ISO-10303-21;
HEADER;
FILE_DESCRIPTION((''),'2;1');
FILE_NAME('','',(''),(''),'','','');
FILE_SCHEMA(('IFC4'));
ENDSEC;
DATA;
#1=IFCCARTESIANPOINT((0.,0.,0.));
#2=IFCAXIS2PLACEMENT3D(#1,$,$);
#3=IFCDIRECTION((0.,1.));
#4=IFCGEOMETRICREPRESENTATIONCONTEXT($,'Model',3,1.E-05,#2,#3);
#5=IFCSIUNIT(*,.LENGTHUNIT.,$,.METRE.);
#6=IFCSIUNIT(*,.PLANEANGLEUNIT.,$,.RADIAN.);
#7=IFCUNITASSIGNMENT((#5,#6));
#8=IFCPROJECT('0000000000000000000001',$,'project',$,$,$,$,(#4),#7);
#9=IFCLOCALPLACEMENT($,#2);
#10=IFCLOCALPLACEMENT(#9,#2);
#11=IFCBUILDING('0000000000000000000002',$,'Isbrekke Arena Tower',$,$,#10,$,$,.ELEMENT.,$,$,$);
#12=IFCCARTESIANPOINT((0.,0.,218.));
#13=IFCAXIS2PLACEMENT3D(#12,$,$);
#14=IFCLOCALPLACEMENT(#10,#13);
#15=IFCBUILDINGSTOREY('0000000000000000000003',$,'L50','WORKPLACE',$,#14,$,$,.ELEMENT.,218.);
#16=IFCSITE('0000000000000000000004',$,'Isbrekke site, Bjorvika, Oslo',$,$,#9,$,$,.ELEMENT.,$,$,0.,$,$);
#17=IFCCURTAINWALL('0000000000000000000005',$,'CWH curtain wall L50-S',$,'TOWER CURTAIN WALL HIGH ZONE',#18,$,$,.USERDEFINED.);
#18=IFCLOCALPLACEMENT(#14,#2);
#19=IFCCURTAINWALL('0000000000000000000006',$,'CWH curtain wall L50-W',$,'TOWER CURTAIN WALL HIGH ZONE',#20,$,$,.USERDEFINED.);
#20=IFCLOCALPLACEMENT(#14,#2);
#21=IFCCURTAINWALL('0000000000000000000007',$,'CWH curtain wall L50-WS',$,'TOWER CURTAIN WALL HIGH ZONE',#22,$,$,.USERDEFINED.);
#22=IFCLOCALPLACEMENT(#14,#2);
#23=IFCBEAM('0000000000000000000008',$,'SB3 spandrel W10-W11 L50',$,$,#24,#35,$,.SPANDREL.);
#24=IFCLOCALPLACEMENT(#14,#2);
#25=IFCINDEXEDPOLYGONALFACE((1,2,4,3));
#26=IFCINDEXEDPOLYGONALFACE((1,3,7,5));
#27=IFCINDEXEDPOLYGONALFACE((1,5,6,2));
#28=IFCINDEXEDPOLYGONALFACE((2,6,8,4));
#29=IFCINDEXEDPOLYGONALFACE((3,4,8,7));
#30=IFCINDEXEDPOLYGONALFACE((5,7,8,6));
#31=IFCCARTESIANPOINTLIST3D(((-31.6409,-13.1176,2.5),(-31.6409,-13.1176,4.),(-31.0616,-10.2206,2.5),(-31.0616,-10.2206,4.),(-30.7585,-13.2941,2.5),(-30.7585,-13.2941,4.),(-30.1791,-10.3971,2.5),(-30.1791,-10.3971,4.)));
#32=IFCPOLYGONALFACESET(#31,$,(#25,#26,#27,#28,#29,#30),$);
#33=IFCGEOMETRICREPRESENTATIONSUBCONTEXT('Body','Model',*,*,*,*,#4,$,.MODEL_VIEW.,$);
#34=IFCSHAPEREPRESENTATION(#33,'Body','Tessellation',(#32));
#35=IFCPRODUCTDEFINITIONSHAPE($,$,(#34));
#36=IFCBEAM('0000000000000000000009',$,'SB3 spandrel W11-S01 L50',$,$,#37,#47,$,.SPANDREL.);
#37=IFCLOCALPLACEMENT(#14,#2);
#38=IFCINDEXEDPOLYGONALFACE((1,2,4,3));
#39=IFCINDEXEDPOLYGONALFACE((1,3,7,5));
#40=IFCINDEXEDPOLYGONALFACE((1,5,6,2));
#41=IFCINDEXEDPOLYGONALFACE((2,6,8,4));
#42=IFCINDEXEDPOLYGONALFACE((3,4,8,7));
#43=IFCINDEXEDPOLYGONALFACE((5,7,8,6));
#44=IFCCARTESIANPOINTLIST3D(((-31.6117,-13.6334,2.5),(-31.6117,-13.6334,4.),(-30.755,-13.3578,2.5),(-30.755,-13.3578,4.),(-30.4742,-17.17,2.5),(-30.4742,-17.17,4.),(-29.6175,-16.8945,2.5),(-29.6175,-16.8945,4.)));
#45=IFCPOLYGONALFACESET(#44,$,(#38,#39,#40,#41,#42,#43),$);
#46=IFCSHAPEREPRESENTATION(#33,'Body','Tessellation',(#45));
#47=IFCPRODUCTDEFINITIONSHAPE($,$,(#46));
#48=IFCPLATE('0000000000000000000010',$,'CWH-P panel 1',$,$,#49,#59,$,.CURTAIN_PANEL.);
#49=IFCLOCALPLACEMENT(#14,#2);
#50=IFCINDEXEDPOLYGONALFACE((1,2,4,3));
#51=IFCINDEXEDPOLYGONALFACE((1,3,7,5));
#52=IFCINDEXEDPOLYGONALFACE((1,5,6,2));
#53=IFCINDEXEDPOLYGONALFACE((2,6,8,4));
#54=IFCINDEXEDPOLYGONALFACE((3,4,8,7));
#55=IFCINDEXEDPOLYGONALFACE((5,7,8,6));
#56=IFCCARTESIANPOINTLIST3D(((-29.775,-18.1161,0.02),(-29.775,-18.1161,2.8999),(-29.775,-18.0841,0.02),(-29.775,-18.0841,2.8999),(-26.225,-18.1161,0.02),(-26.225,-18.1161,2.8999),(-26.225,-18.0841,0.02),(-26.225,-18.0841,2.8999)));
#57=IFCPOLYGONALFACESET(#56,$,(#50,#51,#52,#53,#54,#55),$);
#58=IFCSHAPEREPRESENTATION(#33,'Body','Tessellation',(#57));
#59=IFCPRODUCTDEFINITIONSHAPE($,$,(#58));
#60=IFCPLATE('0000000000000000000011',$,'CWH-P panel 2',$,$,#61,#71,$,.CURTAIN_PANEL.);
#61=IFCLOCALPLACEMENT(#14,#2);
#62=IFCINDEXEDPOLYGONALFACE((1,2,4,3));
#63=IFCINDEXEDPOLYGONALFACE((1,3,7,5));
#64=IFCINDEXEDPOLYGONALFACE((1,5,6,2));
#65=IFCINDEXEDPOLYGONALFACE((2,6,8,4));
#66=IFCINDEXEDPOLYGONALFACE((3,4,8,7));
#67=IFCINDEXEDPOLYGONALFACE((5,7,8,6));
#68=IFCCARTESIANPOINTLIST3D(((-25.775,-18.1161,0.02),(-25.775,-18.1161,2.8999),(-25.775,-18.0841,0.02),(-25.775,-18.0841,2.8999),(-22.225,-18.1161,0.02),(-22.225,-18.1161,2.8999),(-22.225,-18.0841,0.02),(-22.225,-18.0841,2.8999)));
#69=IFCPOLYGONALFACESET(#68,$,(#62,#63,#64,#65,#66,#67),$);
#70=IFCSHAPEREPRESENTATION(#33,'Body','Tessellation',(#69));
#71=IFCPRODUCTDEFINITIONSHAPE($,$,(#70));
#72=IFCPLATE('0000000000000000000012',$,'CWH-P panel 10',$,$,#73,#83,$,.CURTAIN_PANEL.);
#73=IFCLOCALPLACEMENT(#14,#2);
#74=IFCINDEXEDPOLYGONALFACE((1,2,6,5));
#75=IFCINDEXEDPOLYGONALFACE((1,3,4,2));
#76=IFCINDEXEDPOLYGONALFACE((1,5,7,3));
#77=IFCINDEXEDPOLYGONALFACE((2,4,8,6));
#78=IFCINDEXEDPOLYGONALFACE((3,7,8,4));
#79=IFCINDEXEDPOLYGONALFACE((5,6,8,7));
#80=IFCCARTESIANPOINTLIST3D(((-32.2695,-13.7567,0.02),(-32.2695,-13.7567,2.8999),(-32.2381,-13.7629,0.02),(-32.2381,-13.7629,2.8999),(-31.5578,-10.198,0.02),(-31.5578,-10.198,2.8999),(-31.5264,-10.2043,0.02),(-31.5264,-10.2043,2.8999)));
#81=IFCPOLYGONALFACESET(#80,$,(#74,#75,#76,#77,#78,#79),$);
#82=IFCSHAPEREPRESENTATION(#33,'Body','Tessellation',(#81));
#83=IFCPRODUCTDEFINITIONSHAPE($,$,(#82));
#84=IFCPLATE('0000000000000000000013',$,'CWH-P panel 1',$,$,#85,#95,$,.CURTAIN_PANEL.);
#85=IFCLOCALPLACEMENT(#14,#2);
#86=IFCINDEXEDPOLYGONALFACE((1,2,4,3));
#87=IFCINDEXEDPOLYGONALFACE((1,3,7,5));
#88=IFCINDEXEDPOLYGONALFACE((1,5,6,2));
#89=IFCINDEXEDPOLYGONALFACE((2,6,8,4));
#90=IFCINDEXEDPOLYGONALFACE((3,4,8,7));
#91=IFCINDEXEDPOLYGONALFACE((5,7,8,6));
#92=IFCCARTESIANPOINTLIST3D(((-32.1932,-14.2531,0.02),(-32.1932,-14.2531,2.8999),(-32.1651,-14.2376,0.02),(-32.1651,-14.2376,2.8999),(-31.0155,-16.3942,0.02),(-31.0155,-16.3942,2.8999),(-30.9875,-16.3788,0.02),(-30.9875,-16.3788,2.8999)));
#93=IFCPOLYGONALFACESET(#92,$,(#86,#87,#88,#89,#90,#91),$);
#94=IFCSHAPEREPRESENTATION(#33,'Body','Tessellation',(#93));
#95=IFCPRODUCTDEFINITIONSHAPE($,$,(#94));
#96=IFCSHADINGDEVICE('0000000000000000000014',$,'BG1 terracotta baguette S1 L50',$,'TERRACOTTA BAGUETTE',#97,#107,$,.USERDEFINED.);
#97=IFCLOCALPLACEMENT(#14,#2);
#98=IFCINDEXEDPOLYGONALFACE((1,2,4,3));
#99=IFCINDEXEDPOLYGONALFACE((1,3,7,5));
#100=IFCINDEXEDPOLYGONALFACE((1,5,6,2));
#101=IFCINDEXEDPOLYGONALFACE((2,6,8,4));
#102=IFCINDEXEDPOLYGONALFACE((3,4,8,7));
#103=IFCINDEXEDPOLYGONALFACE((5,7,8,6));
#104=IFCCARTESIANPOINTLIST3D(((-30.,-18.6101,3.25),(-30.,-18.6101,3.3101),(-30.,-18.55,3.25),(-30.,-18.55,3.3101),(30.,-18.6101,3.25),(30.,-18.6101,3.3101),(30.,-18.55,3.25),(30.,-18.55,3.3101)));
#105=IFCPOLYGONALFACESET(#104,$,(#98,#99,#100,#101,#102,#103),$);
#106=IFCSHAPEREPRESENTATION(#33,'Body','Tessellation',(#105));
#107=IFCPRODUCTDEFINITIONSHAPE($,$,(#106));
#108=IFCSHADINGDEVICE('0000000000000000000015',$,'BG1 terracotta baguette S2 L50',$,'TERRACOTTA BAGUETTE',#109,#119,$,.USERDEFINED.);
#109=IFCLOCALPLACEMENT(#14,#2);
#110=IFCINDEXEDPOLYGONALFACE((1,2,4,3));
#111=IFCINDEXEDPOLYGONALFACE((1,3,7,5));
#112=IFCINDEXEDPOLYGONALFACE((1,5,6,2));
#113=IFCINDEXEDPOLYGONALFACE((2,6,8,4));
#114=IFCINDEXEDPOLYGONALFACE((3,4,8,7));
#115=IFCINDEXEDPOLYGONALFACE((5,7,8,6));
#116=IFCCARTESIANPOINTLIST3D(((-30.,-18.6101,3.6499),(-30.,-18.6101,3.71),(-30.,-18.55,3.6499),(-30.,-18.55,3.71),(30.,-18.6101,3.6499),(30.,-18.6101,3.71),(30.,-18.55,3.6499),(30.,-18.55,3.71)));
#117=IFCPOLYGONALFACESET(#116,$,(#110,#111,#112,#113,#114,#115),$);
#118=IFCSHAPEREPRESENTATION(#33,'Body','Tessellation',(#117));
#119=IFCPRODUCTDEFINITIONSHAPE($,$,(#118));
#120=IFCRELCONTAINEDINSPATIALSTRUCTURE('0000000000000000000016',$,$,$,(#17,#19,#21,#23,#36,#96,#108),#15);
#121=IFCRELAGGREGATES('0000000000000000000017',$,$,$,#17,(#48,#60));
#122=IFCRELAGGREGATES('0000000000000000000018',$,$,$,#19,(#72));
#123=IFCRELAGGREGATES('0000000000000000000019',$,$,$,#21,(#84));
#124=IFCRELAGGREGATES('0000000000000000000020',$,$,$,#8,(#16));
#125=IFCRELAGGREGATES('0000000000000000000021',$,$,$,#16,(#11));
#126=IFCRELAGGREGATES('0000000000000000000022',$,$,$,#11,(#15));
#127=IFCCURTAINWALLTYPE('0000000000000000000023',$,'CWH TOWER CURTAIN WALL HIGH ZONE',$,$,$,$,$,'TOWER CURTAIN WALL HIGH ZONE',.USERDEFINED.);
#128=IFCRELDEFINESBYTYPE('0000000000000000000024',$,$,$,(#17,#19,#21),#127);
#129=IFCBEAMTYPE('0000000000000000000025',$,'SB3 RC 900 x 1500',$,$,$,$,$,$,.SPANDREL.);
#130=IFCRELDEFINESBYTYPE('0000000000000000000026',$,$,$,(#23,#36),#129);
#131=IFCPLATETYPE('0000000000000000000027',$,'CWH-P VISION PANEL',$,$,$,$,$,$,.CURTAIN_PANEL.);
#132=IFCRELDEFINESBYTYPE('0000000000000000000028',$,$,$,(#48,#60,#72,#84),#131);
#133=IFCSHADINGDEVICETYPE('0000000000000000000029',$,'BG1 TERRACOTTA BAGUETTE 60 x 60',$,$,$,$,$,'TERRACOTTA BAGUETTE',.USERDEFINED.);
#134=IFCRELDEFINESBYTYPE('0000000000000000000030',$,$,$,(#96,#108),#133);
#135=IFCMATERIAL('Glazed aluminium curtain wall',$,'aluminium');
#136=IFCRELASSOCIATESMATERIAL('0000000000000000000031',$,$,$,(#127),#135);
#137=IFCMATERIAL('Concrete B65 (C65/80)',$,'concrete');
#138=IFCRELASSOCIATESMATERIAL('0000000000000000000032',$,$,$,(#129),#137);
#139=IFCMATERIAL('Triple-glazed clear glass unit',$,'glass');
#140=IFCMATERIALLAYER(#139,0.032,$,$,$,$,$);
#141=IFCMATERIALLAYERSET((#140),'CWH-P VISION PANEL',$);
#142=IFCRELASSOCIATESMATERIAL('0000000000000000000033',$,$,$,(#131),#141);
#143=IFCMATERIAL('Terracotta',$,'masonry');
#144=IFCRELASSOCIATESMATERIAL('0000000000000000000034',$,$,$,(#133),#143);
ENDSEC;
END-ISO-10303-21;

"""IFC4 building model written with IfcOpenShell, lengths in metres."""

from ifc_helpers import new_model, si_unit, direction, frame, origin, origin_2d, place, context, subcontext, project, spatial, rectangle, extrude, material, layer, layer_set, material_profile, profile_set, type_object, element, aggregate, save


model = new_model("IFC4")

# Units and contexts
model_context = context("Model", 3, precision=1e-05, world=origin(), true_north=direction((0.0, 1.0)))
body_context = subcontext(model_context, "Body", "Model", "MODEL_VIEW")
ifc_project = project(units=[si_unit("LENGTHUNIT", "METRE"), si_unit("PLANEANGLEUNIT", "RADIAN")], contexts=[model_context])

# Site, building, storey
site_placement = place(None, origin())
site = spatial("IfcSite", under=ifc_project, at=site_placement, Name="Isbrekke site, Bjorvika, Oslo", CompositionType="ELEMENT", RefElevation=0.0)
building_placement = place(site_placement, origin())
building = spatial("IfcBuilding", under=site, at=building_placement, Name="Isbrekke Arena Tower", CompositionType="ELEMENT")
storey_placement = place(building_placement, frame((0.0, 0.0, 218.0)))
storey = spatial("IfcBuildingStorey", under=building, at=storey_placement, Name="L50", Description="WORKPLACE", CompositionType="ELEMENT", Elevation=218.0)

# Curtain wall
ifc_material_1 = material(Name="Glazed aluminium curtain wall", Category="aluminium")
curtain_wall_type = type_object("IfcCurtainWallType", Name="CWH TOWER CURTAIN WALL HIGH ZONE", ElementType="TOWER CURTAIN WALL HIGH ZONE", PredefinedType="USERDEFINED", material=ifc_material_1)
curtain_wall_1_placement = place(storey_placement, origin())
curtain_wall_1 = element("IfcCurtainWall", 1, at=curtain_wall_1_placement, inside=storey, type_object=curtain_wall_type, Name="CWH curtain wall L50-S", ObjectType="TOWER CURTAIN WALL HIGH ZONE", PredefinedType="USERDEFINED")

# Curtain walls
curtain_wall_2_placement = place(storey_placement, origin())
curtain_wall_2 = element("IfcCurtainWall", 2, at=curtain_wall_2_placement, inside=storey, type_object=curtain_wall_type, Name="CWH curtain wall L50-W", ObjectType="TOWER CURTAIN WALL HIGH ZONE", PredefinedType="USERDEFINED")
curtain_wall_3_placement = place(storey_placement, origin())
curtain_wall_3 = element("IfcCurtainWall", 3, at=curtain_wall_3_placement, inside=storey, type_object=curtain_wall_type, Name="CWH curtain wall L50-WS", ObjectType="TOWER CURTAIN WALL HIGH ZONE", PredefinedType="USERDEFINED")

# Beams
ifc_material_2 = material(Name="Concrete B65 (C65/80)", Category="concrete")
ifc_material_profile_1 = material_profile(ifc_material_2, rectangle(XDim=0.8999, YDim=1.5, at=origin_2d()), Name="RC 900x1500")
ifc_profile_set_1 = profile_set([ifc_material_profile_1], Name="Concrete B65 (C65/80)")
beam_type_1 = type_object("IfcBeamType", Name="SB3 RC 900 x 1500", PredefinedType="SPANDREL", material=ifc_profile_set_1)
beam_1_placement = place(storey_placement, frame((-30.6204, -10.3088, 3.25), z_axis=(-0.1961, -0.980584, 0.0), x_axis=(0.980584, -0.1961, 0.0)))
element("IfcBeam", 4, at=beam_1_placement, inside=storey, type_object=beam_type_1, Name="SB3 spandrel W10-W11 L50", PredefinedType="SPANDREL", context=body_context, shape_type="SweptSolid", body=[
    extrude(rectangle(XDim=0.8999, YDim=1.5, at=origin_2d()), origin(), (0.0, 0.0, 1.0), 2.9543),
])
beam_2_placement = place(storey_placement, frame((-31.1833, -13.4956, 3.25), z_axis=(0.306175, -0.951975, 0.0), x_axis=(0.951975, 0.306175, 0.0)))
element("IfcBeam", 5, at=beam_2_placement, inside=storey, type_object=beam_type_1, Name="SB3 spandrel W11-S01 L50", PredefinedType="SPANDREL", context=body_context, shape_type="SweptSolid", body=[
    extrude(rectangle(XDim=0.8999, YDim=1.5, at=origin_2d()), origin(), (0.0, 0.0, 1.0), 3.7151),
])

# Plates
ifc_material_3 = material(Name="Triple-glazed clear glass unit", Category="glass")
ifc_layer = layer(ifc_material_3, 0.032)
ifc_layer_set = layer_set([ifc_layer], Name="CWH-P VISION PANEL")
plate_type = type_object("IfcPlateType", Name="CWH-P VISION PANEL", PredefinedType="CURTAIN_PANEL", material=ifc_layer_set)
plate_1_placement = place(storey_placement, frame((-28.0, -18.1001, 0.02), z_axis=(0.0, 0.0, 1.0), x_axis=(1.0, 0.0, 0.0)))
plate_1 = element("IfcPlate", 6, at=plate_1_placement, type_object=plate_type, Name="CWH-P panel 1", PredefinedType="CURTAIN_PANEL", context=body_context, shape_type="SweptSolid", body=[
    extrude(rectangle(XDim=3.55, YDim=0.032, at=origin_2d()), origin(), (0.0, 0.0, 1.0), 2.8799),
])
plate_2_placement = place(storey_placement, frame((-24.0, -18.1001, 0.02), z_axis=(0.0, 0.0, 1.0), x_axis=(1.0, 0.0, 0.0)))
plate_2 = element("IfcPlate", 7, at=plate_2_placement, type_object=plate_type, Name="CWH-P panel 2", PredefinedType="CURTAIN_PANEL", context=body_context, shape_type="SweptSolid", body=[
    extrude(rectangle(XDim=3.55, YDim=0.032, at=origin_2d()), origin(), (0.0, 0.0, 1.0), 2.8799),
])
aggregate(curtain_wall_1, [plate_1, plate_2])
plate_3_placement = place(storey_placement, frame((-31.8979, -11.9805, 0.02), z_axis=(0.0, 0.0, 1.0), x_axis=(-0.196116, -0.980581, 0.0)))
plate_3 = element("IfcPlate", 8, at=plate_3_placement, type_object=plate_type, Name="CWH-P panel 10", PredefinedType="CURTAIN_PANEL", context=body_context, shape_type="SweptSolid", body=[
    extrude(rectangle(XDim=3.6292, YDim=0.032, at=origin_2d()), origin(), (0.0, 0.0, 1.0), 2.8799),
])
aggregate(curtain_wall_2, [plate_3])
plate_4_placement = place(storey_placement, frame((-31.5903, -15.3159, 0.02), z_axis=(0.0, 0.0, 1.0), x_axis=(0.481919, -0.876216, 0.0)))
plate_4 = element("IfcPlate", 9, at=plate_4_placement, type_object=plate_type, Name="CWH-P panel 1", PredefinedType="CURTAIN_PANEL", context=body_context, shape_type="SweptSolid", body=[
    extrude(rectangle(XDim=2.4436, YDim=0.032, at=origin_2d()), origin(), (0.0, 0.0, 1.0), 2.8799),
])
aggregate(curtain_wall_3, [plate_4])

# Shading devices
ifc_material_4 = material(Name="Terracotta", Category="masonry")
ifc_material_profile_2 = material_profile(ifc_material_4, rectangle(XDim=0.0601, YDim=0.0601, at=origin_2d()), Name="BAGUETTE 60X60")
ifc_profile_set_2 = profile_set([ifc_material_profile_2], Name="Terracotta")
shading_device_type = type_object("IfcShadingDeviceType", Name="BG1 TERRACOTTA BAGUETTE 60 x 60", ElementType="TERRACOTTA BAGUETTE", PredefinedType="USERDEFINED", material=ifc_profile_set_2)
for number, where, z_axis, x_axis, name in (
    (10, (-30.0, -18.5801, 3.28), (1.0, 0.0, 0.0), (0.0, 1.0, 0.0), "BG1 terracotta baguette S1 L50"),
    (11, (-30.0, -18.5801, 3.6799), (1.0, 0.0, 0.0), (0.0, 1.0, 0.0), "BG1 terracotta baguette S2 L50"),
):
    element("IfcShadingDevice", number, at=place(storey_placement, frame(where, z_axis=z_axis, x_axis=x_axis)), inside=storey, type_object=shading_device_type, Name=name, ObjectType="TERRACOTTA BAGUETTE", PredefinedType="USERDEFINED", context=body_context, shape_type="SweptSolid", body=[
        extrude(rectangle(XDim=0.0601, YDim=0.0601, at=origin_2d()), origin(), (0.0, 0.0, 1.0), 60.0),
    ])

save(model, "model.ifc")
